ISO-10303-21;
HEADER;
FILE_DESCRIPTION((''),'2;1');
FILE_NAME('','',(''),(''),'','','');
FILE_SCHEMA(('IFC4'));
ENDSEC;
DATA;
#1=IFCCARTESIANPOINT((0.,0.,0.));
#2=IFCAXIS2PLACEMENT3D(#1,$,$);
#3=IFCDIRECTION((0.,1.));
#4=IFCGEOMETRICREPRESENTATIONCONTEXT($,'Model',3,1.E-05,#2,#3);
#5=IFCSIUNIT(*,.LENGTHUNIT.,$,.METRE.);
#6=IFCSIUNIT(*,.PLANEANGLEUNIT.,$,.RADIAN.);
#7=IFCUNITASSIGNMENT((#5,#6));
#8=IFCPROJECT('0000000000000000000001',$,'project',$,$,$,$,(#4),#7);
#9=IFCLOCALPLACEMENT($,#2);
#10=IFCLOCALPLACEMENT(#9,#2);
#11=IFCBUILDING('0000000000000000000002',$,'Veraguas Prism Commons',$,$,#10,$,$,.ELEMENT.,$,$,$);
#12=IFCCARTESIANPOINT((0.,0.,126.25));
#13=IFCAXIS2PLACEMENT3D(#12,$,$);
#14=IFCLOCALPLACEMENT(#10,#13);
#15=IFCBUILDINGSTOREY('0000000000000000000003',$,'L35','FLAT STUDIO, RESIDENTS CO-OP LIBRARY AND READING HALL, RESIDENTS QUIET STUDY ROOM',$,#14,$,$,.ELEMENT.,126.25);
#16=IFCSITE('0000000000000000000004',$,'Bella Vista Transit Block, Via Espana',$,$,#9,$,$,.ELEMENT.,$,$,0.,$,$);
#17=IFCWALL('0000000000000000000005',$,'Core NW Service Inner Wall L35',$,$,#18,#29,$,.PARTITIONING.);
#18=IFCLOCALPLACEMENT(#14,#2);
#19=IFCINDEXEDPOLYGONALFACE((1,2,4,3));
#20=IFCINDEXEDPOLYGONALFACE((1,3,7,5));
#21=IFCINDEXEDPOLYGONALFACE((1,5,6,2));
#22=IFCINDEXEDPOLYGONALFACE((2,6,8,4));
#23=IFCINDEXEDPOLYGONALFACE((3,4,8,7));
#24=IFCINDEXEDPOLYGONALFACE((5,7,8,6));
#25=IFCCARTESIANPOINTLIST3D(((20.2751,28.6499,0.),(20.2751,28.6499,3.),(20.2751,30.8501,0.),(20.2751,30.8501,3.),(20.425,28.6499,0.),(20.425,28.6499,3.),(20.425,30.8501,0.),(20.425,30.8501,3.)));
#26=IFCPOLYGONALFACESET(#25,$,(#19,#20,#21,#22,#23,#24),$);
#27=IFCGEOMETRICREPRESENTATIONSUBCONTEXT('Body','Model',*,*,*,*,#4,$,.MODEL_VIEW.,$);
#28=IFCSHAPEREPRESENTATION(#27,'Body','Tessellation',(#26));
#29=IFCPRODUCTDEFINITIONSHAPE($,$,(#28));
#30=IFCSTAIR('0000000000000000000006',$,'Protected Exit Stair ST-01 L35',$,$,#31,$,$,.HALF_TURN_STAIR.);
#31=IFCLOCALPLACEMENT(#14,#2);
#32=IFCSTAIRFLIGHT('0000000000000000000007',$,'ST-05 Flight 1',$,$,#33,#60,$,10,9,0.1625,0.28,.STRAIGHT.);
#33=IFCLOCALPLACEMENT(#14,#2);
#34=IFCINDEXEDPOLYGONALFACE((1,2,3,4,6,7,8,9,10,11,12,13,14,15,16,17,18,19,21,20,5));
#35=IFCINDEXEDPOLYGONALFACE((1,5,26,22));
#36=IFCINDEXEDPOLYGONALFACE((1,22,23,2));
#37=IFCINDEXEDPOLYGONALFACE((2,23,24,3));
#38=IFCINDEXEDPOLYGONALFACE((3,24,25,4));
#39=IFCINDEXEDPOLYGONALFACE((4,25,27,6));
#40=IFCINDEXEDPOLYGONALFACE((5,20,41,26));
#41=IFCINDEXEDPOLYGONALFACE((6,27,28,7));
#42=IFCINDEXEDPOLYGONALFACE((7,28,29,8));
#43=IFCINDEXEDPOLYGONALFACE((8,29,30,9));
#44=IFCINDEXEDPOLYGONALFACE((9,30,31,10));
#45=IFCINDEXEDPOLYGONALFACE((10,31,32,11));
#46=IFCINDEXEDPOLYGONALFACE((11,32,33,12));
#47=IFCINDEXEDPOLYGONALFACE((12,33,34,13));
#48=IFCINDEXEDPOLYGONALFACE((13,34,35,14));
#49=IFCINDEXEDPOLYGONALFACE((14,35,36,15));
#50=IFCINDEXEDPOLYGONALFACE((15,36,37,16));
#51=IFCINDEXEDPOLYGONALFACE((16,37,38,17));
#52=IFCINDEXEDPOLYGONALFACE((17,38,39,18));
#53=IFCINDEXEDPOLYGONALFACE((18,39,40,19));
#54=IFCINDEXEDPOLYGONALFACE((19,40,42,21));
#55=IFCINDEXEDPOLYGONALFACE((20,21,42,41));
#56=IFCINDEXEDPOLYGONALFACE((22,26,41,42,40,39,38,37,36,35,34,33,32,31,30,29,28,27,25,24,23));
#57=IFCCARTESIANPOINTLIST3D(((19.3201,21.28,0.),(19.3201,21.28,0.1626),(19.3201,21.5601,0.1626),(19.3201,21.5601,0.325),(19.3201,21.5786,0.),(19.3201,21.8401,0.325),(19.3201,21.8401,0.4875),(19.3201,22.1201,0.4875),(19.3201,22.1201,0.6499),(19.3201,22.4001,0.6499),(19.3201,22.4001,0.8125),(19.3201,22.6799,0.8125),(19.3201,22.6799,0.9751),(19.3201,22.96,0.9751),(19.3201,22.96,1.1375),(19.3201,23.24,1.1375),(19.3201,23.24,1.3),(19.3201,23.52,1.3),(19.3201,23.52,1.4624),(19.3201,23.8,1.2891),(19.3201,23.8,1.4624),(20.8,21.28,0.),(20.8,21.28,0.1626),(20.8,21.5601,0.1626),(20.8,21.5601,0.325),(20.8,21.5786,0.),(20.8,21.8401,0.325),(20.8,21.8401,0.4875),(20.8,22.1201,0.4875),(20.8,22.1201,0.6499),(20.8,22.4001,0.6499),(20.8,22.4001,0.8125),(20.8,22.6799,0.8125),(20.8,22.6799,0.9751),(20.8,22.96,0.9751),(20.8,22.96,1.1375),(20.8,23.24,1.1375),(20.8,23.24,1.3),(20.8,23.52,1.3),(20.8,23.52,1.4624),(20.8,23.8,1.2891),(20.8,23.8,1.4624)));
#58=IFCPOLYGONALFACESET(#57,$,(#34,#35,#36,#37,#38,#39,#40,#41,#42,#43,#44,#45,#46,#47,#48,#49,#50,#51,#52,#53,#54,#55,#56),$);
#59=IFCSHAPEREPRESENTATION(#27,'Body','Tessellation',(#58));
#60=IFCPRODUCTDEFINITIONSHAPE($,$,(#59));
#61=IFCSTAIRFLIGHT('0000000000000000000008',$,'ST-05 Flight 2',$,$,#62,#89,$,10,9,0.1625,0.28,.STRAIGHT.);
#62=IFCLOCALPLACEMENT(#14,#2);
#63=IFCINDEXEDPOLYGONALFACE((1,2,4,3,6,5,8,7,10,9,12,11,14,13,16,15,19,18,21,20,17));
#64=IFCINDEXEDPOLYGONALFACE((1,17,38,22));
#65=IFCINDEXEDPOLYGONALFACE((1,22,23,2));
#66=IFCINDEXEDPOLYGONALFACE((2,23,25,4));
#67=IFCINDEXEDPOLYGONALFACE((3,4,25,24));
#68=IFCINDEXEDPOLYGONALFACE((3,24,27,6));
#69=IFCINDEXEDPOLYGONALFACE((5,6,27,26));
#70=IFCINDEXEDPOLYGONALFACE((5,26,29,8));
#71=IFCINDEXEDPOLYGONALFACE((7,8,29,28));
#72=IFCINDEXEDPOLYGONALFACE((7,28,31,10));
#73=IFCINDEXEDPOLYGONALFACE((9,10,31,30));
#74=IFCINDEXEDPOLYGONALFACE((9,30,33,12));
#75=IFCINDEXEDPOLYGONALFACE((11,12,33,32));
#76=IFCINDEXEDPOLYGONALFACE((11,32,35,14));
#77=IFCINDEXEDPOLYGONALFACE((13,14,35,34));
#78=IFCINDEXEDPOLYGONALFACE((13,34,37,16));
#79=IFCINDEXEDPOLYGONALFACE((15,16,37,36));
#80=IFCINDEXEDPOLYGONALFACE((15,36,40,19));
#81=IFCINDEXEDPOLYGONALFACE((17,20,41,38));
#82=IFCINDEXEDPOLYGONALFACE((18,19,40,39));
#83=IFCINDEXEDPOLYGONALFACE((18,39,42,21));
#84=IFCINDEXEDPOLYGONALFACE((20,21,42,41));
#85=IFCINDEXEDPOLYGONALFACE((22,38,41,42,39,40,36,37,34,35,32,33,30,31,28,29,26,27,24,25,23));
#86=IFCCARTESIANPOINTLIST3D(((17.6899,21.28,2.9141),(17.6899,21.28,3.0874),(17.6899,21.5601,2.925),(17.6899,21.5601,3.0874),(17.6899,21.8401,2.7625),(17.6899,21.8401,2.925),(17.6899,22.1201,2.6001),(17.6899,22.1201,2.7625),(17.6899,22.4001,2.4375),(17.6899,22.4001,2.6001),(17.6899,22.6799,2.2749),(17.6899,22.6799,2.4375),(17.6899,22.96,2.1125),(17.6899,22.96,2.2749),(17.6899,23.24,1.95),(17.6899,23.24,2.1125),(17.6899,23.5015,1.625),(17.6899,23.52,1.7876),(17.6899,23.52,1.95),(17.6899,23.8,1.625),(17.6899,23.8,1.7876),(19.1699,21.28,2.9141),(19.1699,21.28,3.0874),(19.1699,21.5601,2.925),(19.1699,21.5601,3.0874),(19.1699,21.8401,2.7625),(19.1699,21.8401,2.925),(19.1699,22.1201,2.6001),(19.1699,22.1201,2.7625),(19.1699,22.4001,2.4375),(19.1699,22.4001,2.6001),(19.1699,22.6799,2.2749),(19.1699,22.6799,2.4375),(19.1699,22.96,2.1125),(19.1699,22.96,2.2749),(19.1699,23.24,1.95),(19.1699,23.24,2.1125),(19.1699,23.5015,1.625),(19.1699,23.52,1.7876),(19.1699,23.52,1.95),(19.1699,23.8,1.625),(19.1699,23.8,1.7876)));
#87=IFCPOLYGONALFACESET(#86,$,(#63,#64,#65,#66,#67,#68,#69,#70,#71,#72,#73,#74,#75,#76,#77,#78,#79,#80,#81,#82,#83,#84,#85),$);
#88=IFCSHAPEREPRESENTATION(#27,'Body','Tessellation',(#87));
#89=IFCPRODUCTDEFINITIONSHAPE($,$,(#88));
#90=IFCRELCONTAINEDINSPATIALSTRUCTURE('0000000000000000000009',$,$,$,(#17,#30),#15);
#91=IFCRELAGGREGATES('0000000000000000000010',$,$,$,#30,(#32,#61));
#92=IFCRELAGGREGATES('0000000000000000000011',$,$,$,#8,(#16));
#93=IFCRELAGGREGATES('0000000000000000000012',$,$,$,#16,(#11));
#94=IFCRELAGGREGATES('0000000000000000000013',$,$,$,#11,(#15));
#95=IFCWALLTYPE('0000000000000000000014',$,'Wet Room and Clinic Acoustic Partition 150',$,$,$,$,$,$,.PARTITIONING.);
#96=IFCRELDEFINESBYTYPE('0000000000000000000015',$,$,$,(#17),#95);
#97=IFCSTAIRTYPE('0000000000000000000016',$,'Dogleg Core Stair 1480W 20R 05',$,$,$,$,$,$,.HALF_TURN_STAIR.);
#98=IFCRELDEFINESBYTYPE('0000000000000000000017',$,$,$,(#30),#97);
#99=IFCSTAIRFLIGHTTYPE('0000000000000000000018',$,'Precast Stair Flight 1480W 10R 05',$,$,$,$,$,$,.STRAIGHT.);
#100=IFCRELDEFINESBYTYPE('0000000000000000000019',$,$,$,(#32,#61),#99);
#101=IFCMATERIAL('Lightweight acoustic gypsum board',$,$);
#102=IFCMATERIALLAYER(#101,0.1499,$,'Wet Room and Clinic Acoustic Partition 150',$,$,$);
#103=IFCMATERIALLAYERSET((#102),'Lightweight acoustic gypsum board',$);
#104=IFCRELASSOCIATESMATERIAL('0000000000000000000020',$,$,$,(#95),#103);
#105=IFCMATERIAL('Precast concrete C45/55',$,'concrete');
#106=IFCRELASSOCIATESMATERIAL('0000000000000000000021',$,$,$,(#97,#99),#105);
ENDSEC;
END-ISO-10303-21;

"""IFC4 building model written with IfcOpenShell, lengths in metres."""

from ifc_helpers import new_model, si_unit, direction, frame, frame_2d, origin, place, context, subcontext, project, spatial, polyline, rectangle, outline, extrude, material, layer, layer_set, type_object, element, aggregate, save


model = new_model("IFC4")

# Units and contexts
model_context = context("Model", 3, precision=1e-05, world=origin(), true_north=direction((0.0, 1.0)))
body_context = subcontext(model_context, "Body", "Model", "MODEL_VIEW")
ifc_project = project(units=[si_unit("LENGTHUNIT", "METRE"), si_unit("PLANEANGLEUNIT", "RADIAN")], contexts=[model_context])

# Site, building, storey
site_placement = place(None, origin())
site = spatial("IfcSite", under=ifc_project, at=site_placement, Name="Bella Vista Transit Block, Via Espana", CompositionType="ELEMENT", RefElevation=0.0)
building_placement = place(site_placement, origin())
building = spatial("IfcBuilding", under=site, at=building_placement, Name="Veraguas Prism Commons", CompositionType="ELEMENT")
storey_placement = place(building_placement, frame((0.0, 0.0, 126.25)))
storey = spatial("IfcBuildingStorey", under=building, at=storey_placement, Name="L35", Description="FLAT STUDIO, RESIDENTS CO-OP LIBRARY AND READING HALL, RESIDENTS QUIET STUDY ROOM", CompositionType="ELEMENT", Elevation=126.25)

# Wall
ifc_material_1 = material(Name="Lightweight acoustic gypsum board")
ifc_layer_1 = layer(ifc_material_1, 0.1499, Name="Wet Room and Clinic Acoustic Partition 150")
ifc_layer_set_1 = layer_set([ifc_layer_1], Name="Lightweight acoustic gypsum board")
wall_type_1 = type_object("IfcWallType", Name="Wet Room and Clinic Acoustic Partition 150", PredefinedType="PARTITIONING", material=ifc_layer_set_1)
wall_1_placement = place(storey_placement, frame((20.3501, 28.6499, 0.0), z_axis=(0.0, 0.0, 1.0), x_axis=(0.0, 1.0, 0.0)))
element("IfcWall", 1, at=wall_1_placement, inside=storey, type_object=wall_type_1, Name="Core NW Service Inner Wall L35", PredefinedType="PARTITIONING", context=body_context, shape_type="SweptSolid", body=[
    extrude(rectangle(XDim=2.2002, YDim=0.1499, at=frame_2d((1.1001, 0.0))), origin(), (0.0, 0.0, 1.0), 3.0),
])

# Stair, stair flights
ifc_material_2 = material(Name="Precast concrete C45/55", Category="concrete")
stair_type = type_object("IfcStairType", Name="Dogleg Core Stair 1480W 20R 05", PredefinedType="HALF_TURN_STAIR", material=ifc_material_2)
stair_placement = place(storey_placement, origin())
stair = element("IfcStair", 2, at=stair_placement, inside=storey, type_object=stair_type, Name="Protected Exit Stair ST-01 L35", PredefinedType="HALF_TURN_STAIR")
stair_flight_type = type_object("IfcStairFlightType", Name="Precast Stair Flight 1480W 10R 05", PredefinedType="STRAIGHT", material=ifc_material_2)
stair_flight_1_placement = place(storey_placement, frame((20.0601, 21.28, 0.0), z_axis=(0.0, 0.0, 1.0), x_axis=(0.0, 1.0, 0.0)))
stair_flight_1 = element("IfcStairFlight", 3, at=stair_flight_1_placement, type_object=stair_flight_type, Name="ST-05 Flight 1", NumberOfRisers=10, NumberOfTreads=9, PredefinedType="STRAIGHT", RiserHeight=0.1625, TreadLength=0.28, context=body_context, shape_type="SweptSolid", body=[
    extrude(outline(polyline([(0.0, 0.0), (0.0, 0.1626), (0.28, 0.1626), (0.28, 0.325), (0.5601, 0.325), (0.5601, 0.4875), (0.8401, 0.4875), (0.8401, 0.6499), (1.1201, 0.6499), (1.1201, 0.8125), (1.3999, 0.8125), (1.3999, 0.9751), (1.6799, 0.9751), (1.6799, 1.1375), (1.96, 1.1375), (1.96, 1.3), (2.24, 1.3), (2.24, 1.4624), (2.52, 1.4624), (2.52, 1.625), (2.52, 1.2891), (0.2986, 0.0), (0.0, 0.0)])), frame((0.0, 0.74, 0.0), z_axis=(0.0, -1.0, 0.0), x_axis=(1.0, 0.0, 0.0)), (0.0, 0.0, 1.0), 1.48),
])
stair_flight_2_placement = place(storey_placement, frame((18.4299, 23.8, 1.625), z_axis=(0.0, 0.0, 1.0), x_axis=(0.0, -1.0, 0.0)))
stair_flight_2 = element("IfcStairFlight", 4, at=stair_flight_2_placement, type_object=stair_flight_type, Name="ST-05 Flight 2", NumberOfRisers=10, NumberOfTreads=9, PredefinedType="STRAIGHT", RiserHeight=0.1625, TreadLength=0.28, context=body_context, shape_type="SweptSolid", body=[
    extrude(outline(polyline([(0.0, 0.0), (0.0, 0.1626), (0.28, 0.1626), (0.28, 0.325), (0.5601, 0.325), (0.5601, 0.4875), (0.8401, 0.4875), (0.8401, 0.6499), (1.1201, 0.6499), (1.1201, 0.8125), (1.3999, 0.8125), (1.3999, 0.9751), (1.6799, 0.9751), (1.6799, 1.1375), (1.96, 1.1375), (1.96, 1.3), (2.24, 1.3), (2.24, 1.4624), (2.52, 1.4624), (2.52, 1.625), (2.52, 1.2891), (0.2986, 0.0), (0.0, 0.0)])), frame((0.0, 0.74, 0.0), z_axis=(0.0, -1.0, 0.0), x_axis=(1.0, 0.0, 0.0)), (0.0, 0.0, 1.0), 1.48),
])
aggregate(stair, [stair_flight_1, stair_flight_2])

save(model, "model.ifc")
